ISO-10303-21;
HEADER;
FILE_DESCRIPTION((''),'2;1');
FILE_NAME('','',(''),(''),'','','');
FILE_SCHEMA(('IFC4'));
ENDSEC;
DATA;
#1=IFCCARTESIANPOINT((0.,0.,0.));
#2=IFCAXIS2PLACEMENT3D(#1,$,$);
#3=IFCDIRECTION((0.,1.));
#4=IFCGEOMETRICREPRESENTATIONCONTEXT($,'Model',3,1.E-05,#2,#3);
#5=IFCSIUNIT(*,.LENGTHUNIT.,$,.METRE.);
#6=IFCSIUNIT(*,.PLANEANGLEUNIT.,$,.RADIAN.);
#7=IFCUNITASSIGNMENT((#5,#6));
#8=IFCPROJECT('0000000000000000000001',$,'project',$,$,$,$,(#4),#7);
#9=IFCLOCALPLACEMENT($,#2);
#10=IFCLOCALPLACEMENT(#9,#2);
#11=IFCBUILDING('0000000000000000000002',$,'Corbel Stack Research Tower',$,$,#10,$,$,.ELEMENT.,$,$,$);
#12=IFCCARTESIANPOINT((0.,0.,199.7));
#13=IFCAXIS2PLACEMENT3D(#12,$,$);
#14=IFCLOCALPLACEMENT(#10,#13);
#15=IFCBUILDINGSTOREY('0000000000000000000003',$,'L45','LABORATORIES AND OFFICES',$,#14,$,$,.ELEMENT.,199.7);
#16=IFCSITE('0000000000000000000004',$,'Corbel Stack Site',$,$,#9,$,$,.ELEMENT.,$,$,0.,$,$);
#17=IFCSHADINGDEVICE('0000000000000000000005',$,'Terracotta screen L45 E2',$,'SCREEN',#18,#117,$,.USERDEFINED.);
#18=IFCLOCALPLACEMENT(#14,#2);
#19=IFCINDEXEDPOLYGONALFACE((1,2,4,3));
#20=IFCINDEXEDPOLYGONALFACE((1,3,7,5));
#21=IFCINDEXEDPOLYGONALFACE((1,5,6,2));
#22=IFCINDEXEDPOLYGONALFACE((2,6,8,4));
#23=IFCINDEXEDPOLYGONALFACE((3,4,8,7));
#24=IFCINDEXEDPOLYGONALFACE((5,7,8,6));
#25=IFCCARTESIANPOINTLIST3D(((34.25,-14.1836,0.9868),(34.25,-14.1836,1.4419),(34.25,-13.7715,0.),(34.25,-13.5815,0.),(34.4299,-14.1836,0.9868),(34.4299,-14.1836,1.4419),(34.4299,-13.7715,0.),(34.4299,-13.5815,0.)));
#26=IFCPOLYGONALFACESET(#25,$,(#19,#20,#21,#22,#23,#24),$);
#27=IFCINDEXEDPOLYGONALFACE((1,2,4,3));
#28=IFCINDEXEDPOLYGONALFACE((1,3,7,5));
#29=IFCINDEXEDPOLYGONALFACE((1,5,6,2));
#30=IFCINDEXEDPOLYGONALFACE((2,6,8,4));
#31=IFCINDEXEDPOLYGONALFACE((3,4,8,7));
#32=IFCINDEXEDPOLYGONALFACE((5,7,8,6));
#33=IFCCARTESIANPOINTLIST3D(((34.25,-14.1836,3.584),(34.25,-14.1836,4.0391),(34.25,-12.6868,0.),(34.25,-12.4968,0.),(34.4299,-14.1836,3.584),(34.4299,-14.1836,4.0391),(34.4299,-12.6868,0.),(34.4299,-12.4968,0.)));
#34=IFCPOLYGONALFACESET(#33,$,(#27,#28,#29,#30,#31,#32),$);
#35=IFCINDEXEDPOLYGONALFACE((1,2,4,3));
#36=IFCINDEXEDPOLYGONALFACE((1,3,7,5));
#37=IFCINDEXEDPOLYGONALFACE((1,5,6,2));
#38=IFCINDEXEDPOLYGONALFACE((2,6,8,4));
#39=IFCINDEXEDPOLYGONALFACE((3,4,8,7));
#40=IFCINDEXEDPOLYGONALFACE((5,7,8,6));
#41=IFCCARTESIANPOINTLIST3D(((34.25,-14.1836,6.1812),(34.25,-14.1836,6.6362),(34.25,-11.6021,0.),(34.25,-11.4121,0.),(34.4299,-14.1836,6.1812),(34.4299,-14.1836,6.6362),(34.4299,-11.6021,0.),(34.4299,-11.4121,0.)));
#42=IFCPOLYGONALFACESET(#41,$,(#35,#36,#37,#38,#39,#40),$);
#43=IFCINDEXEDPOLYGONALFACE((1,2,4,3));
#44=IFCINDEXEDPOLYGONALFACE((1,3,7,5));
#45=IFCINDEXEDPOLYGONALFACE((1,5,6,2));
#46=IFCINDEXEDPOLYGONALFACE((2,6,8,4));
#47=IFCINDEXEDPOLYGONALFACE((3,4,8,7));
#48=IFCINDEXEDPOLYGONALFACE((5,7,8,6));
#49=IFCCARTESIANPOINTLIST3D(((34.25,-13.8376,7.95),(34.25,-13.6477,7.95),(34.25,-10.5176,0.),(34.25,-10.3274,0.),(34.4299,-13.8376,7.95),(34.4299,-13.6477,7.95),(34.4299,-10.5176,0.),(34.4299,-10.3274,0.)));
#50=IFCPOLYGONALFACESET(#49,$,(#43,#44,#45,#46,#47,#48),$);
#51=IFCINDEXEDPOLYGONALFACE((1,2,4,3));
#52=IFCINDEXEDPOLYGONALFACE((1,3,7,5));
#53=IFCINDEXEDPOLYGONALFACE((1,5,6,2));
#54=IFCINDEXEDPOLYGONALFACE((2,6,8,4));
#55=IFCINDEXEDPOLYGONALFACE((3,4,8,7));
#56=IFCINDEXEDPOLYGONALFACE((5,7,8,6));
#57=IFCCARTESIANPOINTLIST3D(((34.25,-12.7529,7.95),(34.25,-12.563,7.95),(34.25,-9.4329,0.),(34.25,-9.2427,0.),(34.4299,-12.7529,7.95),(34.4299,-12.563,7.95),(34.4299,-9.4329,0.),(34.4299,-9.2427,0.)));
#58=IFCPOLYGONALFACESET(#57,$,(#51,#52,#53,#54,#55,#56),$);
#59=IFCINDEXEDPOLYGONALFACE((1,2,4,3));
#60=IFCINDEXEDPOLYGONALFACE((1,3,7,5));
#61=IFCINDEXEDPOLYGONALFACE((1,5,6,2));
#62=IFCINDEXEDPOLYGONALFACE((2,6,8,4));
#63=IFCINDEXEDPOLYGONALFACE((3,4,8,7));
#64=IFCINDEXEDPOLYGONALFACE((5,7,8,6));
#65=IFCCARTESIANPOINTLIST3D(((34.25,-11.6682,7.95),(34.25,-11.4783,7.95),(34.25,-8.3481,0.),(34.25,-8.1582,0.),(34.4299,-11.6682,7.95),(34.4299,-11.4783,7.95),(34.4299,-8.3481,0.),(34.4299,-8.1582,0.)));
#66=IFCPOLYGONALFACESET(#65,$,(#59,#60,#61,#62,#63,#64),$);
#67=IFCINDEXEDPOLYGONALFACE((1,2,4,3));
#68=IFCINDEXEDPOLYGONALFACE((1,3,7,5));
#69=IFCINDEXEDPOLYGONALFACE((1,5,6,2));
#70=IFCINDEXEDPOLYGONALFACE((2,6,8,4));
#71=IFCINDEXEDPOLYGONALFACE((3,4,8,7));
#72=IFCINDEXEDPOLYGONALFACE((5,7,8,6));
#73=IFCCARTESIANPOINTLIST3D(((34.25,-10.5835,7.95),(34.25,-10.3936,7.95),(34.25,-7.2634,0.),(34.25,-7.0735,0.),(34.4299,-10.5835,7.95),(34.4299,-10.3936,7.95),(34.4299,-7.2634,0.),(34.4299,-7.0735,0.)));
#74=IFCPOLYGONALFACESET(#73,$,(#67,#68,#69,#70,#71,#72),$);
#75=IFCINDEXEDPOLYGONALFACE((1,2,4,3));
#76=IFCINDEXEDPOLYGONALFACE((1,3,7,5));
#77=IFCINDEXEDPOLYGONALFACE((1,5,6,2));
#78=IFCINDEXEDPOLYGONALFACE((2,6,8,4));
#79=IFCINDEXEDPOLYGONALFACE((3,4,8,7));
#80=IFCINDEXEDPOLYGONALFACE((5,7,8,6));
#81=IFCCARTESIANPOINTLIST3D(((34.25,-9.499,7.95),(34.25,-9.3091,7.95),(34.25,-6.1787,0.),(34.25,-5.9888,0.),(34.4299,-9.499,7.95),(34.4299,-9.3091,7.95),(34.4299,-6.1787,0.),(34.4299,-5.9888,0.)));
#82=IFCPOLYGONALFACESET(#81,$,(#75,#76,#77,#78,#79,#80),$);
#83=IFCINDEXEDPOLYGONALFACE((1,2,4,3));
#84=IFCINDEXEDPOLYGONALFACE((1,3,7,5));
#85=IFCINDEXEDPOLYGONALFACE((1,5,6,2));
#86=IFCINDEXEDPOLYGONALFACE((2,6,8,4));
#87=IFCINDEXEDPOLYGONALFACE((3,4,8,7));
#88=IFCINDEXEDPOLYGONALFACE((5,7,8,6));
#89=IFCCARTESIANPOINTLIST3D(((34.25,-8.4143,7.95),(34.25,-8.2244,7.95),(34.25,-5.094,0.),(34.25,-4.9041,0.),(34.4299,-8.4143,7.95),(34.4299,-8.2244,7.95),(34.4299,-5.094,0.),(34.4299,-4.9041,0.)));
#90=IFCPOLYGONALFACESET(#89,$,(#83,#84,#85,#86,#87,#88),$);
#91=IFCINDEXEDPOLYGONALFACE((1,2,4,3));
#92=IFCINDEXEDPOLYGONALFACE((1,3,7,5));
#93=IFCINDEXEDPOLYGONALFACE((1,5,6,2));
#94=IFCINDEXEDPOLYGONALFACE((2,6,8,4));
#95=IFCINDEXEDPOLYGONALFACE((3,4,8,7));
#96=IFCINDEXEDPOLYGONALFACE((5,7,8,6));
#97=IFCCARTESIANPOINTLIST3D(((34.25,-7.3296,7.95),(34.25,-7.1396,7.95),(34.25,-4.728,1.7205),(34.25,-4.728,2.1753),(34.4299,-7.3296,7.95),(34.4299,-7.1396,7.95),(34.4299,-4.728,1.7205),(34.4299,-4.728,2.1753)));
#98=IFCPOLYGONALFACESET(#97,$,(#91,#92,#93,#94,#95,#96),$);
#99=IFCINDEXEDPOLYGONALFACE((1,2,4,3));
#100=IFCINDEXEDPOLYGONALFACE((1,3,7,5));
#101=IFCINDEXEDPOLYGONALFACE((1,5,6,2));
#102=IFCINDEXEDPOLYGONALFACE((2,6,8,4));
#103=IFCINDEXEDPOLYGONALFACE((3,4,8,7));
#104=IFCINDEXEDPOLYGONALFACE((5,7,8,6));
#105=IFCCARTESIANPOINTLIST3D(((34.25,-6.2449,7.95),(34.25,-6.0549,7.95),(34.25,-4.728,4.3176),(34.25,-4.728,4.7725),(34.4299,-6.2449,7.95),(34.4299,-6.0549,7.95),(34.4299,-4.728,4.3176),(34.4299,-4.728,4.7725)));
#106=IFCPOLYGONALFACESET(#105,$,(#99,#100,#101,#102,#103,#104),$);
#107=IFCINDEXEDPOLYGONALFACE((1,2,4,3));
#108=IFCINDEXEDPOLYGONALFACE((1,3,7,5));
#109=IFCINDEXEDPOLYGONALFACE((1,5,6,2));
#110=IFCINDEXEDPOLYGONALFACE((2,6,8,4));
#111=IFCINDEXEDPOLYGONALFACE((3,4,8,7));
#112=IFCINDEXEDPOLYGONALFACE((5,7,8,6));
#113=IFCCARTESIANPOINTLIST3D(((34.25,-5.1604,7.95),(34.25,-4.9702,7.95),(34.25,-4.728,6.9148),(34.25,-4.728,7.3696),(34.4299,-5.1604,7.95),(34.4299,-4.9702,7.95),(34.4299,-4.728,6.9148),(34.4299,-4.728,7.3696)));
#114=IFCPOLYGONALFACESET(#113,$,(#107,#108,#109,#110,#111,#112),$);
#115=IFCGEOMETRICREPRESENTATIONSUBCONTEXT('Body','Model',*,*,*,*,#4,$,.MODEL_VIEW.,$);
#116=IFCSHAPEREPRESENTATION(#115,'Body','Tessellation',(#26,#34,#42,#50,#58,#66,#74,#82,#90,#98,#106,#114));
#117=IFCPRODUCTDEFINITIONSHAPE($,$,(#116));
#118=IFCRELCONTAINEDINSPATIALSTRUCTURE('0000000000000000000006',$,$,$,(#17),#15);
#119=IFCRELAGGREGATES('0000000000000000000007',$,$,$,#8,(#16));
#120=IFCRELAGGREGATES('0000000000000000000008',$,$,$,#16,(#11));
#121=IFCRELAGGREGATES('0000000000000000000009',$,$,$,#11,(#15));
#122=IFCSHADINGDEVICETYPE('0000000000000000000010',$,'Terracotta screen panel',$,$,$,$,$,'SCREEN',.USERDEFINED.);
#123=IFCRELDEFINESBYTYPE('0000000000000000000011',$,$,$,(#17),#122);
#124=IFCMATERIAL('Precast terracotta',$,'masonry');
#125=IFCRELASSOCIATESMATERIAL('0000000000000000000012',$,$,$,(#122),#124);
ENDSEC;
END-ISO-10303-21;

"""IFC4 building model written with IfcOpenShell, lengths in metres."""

from ifc_helpers import new_model, si_unit, direction, frame, origin, place, context, subcontext, project, spatial, polyline, outline, extrude, source, transform, mapped, material, type_object, element, save


model = new_model("IFC4")

# Units and contexts
model_context = context("Model", 3, precision=1e-05, world=origin(), true_north=direction((0.0, 1.0)))
body_context = subcontext(model_context, "Body", "Model", "MODEL_VIEW")
ifc_project = project(units=[si_unit("LENGTHUNIT", "METRE"), si_unit("PLANEANGLEUNIT", "RADIAN")], contexts=[model_context])

# Site, building, storey
site_placement = place(None, origin())
site = spatial("IfcSite", under=ifc_project, at=site_placement, Name="Corbel Stack Site", CompositionType="ELEMENT", RefElevation=0.0)
building_placement = place(site_placement, origin())
building = spatial("IfcBuilding", under=site, at=building_placement, Name="Corbel Stack Research Tower", CompositionType="ELEMENT")
storey_placement = place(building_placement, frame((0.0, 0.0, 199.7)))
storey = spatial("IfcBuildingStorey", under=building, at=storey_placement, Name="L45", Description="LABORATORIES AND OFFICES", CompositionType="ELEMENT", Elevation=199.7)

# Shading device
ifc_material_1 = material(Name="Precast terracotta", Category="masonry")
shading_device_type = type_object("IfcShadingDeviceType", Name="Terracotta screen panel", ElementType="SCREEN", PredefinedType="USERDEFINED", material=ifc_material_1)
shared_shape_1 = source(origin(), body_context, "Body", "SweptSolid", [
    extrude(outline(polyline([(0.6021, 0.0), (0.0, 1.4419), (0.0, 0.9868), (0.4121, 0.0), (0.6021, 0.0)])), frame((0.0, 0.0, 0.0), z_axis=(0.0, -1.0, 0.0), x_axis=(1.0, 0.0, 0.0)), (0.0, 0.0, 1.0), 0.1799),
    extrude(outline(polyline([(1.6868, 0.0), (0.0, 4.0391), (0.0, 3.584), (1.4968, 0.0), (1.6868, 0.0)])), frame((0.0, 0.0, 0.0), z_axis=(0.0, -1.0, 0.0), x_axis=(1.0, 0.0, 0.0)), (0.0, 0.0, 1.0), 0.1799),
    extrude(outline(polyline([(2.7715, 0.0), (0.0, 6.6362), (0.0, 6.1812), (2.5815, 0.0), (2.7715, 0.0)])), frame((0.0, 0.0, 0.0), z_axis=(0.0, -1.0, 0.0), x_axis=(1.0, 0.0, 0.0)), (0.0, 0.0, 1.0), 0.1799),
    extrude(outline(polyline([(3.8562, 0.0), (0.5359, 7.95), (0.3459, 7.95), (3.666, 0.0), (3.8562, 0.0)])), frame((0.0, 0.0, 0.0), z_axis=(0.0, -1.0, 0.0), x_axis=(1.0, 0.0, 0.0)), (0.0, 0.0, 1.0), 0.1799),
    extrude(outline(polyline([(4.9409, 0.0), (1.6206, 7.95), (1.4307, 7.95), (4.7507, 0.0), (4.9409, 0.0)])), frame((0.0, 0.0, 0.0), z_axis=(0.0, -1.0, 0.0), x_axis=(1.0, 0.0, 0.0)), (0.0, 0.0, 1.0), 0.1799),
    extrude(outline(polyline([(6.0254, 0.0), (2.7053, 7.95), (2.5154, 7.95), (5.8354, 0.0), (6.0254, 0.0)])), frame((0.0, 0.0, 0.0), z_axis=(0.0, -1.0, 0.0), x_axis=(1.0, 0.0, 0.0)), (0.0, 0.0, 1.0), 0.1799),
    extrude(outline(polyline([(7.1101, 0.0), (3.79, 7.95), (3.6001, 7.95), (6.9202, 0.0), (7.1101, 0.0)])), frame((0.0, 0.0, 0.0), z_axis=(0.0, -1.0, 0.0), x_axis=(1.0, 0.0, 0.0)), (0.0, 0.0, 1.0), 0.1799),
    extrude(outline(polyline([(8.1948, 0.0), (4.8745, 7.95), (4.6846, 7.95), (8.0049, 0.0), (8.1948, 0.0)])), frame((0.0, 0.0, 0.0), z_axis=(0.0, -1.0, 0.0), x_axis=(1.0, 0.0, 0.0)), (0.0, 0.0, 1.0), 0.1799),
    extrude(outline(polyline([(9.2795, 0.0), (5.9592, 7.95), (5.7693, 7.95), (9.0896, 0.0), (9.2795, 0.0)])), frame((0.0, 0.0, 0.0), z_axis=(0.0, -1.0, 0.0), x_axis=(1.0, 0.0, 0.0)), (0.0, 0.0, 1.0), 0.1799),
    extrude(outline(polyline([(7.0439, 7.95), (6.854, 7.95), (9.4556, 1.7205), (9.4556, 2.1753), (7.0439, 7.95)])), frame((0.0, 0.0, 0.0), z_axis=(0.0, -1.0, 0.0), x_axis=(1.0, 0.0, 0.0)), (0.0, 0.0, 1.0), 0.1799),
    extrude(outline(polyline([(8.1287, 7.95), (7.9387, 7.95), (9.4556, 4.3176), (9.4556, 4.7725), (8.1287, 7.95)])), frame((0.0, 0.0, 0.0), z_axis=(0.0, -1.0, 0.0), x_axis=(1.0, 0.0, 0.0)), (0.0, 0.0, 1.0), 0.1799),
    extrude(outline(polyline([(9.2134, 7.95), (9.0232, 7.95), (9.4556, 6.9148), (9.4556, 7.3696), (9.2134, 7.95)])), frame((0.0, 0.0, 0.0), z_axis=(0.0, -1.0, 0.0), x_axis=(1.0, 0.0, 0.0)), (0.0, 0.0, 1.0), 0.1799),
])
shading_device_1_placement = place(storey_placement, frame((34.25, -14.1836, 0.0), z_axis=(0.0, 0.0, 1.0), x_axis=(0.0, 1.0, 0.0)))
element("IfcShadingDevice", 1, at=shading_device_1_placement, inside=storey, type_object=shading_device_type, Name="Terracotta screen L45 E2", ObjectType="SCREEN", PredefinedType="USERDEFINED", context=body_context, shape_type="MappedRepresentation", body=[
    mapped(shared_shape_1, transform((0.0, 0.0, 0.0))),
])

save(model, "model.ifc")
